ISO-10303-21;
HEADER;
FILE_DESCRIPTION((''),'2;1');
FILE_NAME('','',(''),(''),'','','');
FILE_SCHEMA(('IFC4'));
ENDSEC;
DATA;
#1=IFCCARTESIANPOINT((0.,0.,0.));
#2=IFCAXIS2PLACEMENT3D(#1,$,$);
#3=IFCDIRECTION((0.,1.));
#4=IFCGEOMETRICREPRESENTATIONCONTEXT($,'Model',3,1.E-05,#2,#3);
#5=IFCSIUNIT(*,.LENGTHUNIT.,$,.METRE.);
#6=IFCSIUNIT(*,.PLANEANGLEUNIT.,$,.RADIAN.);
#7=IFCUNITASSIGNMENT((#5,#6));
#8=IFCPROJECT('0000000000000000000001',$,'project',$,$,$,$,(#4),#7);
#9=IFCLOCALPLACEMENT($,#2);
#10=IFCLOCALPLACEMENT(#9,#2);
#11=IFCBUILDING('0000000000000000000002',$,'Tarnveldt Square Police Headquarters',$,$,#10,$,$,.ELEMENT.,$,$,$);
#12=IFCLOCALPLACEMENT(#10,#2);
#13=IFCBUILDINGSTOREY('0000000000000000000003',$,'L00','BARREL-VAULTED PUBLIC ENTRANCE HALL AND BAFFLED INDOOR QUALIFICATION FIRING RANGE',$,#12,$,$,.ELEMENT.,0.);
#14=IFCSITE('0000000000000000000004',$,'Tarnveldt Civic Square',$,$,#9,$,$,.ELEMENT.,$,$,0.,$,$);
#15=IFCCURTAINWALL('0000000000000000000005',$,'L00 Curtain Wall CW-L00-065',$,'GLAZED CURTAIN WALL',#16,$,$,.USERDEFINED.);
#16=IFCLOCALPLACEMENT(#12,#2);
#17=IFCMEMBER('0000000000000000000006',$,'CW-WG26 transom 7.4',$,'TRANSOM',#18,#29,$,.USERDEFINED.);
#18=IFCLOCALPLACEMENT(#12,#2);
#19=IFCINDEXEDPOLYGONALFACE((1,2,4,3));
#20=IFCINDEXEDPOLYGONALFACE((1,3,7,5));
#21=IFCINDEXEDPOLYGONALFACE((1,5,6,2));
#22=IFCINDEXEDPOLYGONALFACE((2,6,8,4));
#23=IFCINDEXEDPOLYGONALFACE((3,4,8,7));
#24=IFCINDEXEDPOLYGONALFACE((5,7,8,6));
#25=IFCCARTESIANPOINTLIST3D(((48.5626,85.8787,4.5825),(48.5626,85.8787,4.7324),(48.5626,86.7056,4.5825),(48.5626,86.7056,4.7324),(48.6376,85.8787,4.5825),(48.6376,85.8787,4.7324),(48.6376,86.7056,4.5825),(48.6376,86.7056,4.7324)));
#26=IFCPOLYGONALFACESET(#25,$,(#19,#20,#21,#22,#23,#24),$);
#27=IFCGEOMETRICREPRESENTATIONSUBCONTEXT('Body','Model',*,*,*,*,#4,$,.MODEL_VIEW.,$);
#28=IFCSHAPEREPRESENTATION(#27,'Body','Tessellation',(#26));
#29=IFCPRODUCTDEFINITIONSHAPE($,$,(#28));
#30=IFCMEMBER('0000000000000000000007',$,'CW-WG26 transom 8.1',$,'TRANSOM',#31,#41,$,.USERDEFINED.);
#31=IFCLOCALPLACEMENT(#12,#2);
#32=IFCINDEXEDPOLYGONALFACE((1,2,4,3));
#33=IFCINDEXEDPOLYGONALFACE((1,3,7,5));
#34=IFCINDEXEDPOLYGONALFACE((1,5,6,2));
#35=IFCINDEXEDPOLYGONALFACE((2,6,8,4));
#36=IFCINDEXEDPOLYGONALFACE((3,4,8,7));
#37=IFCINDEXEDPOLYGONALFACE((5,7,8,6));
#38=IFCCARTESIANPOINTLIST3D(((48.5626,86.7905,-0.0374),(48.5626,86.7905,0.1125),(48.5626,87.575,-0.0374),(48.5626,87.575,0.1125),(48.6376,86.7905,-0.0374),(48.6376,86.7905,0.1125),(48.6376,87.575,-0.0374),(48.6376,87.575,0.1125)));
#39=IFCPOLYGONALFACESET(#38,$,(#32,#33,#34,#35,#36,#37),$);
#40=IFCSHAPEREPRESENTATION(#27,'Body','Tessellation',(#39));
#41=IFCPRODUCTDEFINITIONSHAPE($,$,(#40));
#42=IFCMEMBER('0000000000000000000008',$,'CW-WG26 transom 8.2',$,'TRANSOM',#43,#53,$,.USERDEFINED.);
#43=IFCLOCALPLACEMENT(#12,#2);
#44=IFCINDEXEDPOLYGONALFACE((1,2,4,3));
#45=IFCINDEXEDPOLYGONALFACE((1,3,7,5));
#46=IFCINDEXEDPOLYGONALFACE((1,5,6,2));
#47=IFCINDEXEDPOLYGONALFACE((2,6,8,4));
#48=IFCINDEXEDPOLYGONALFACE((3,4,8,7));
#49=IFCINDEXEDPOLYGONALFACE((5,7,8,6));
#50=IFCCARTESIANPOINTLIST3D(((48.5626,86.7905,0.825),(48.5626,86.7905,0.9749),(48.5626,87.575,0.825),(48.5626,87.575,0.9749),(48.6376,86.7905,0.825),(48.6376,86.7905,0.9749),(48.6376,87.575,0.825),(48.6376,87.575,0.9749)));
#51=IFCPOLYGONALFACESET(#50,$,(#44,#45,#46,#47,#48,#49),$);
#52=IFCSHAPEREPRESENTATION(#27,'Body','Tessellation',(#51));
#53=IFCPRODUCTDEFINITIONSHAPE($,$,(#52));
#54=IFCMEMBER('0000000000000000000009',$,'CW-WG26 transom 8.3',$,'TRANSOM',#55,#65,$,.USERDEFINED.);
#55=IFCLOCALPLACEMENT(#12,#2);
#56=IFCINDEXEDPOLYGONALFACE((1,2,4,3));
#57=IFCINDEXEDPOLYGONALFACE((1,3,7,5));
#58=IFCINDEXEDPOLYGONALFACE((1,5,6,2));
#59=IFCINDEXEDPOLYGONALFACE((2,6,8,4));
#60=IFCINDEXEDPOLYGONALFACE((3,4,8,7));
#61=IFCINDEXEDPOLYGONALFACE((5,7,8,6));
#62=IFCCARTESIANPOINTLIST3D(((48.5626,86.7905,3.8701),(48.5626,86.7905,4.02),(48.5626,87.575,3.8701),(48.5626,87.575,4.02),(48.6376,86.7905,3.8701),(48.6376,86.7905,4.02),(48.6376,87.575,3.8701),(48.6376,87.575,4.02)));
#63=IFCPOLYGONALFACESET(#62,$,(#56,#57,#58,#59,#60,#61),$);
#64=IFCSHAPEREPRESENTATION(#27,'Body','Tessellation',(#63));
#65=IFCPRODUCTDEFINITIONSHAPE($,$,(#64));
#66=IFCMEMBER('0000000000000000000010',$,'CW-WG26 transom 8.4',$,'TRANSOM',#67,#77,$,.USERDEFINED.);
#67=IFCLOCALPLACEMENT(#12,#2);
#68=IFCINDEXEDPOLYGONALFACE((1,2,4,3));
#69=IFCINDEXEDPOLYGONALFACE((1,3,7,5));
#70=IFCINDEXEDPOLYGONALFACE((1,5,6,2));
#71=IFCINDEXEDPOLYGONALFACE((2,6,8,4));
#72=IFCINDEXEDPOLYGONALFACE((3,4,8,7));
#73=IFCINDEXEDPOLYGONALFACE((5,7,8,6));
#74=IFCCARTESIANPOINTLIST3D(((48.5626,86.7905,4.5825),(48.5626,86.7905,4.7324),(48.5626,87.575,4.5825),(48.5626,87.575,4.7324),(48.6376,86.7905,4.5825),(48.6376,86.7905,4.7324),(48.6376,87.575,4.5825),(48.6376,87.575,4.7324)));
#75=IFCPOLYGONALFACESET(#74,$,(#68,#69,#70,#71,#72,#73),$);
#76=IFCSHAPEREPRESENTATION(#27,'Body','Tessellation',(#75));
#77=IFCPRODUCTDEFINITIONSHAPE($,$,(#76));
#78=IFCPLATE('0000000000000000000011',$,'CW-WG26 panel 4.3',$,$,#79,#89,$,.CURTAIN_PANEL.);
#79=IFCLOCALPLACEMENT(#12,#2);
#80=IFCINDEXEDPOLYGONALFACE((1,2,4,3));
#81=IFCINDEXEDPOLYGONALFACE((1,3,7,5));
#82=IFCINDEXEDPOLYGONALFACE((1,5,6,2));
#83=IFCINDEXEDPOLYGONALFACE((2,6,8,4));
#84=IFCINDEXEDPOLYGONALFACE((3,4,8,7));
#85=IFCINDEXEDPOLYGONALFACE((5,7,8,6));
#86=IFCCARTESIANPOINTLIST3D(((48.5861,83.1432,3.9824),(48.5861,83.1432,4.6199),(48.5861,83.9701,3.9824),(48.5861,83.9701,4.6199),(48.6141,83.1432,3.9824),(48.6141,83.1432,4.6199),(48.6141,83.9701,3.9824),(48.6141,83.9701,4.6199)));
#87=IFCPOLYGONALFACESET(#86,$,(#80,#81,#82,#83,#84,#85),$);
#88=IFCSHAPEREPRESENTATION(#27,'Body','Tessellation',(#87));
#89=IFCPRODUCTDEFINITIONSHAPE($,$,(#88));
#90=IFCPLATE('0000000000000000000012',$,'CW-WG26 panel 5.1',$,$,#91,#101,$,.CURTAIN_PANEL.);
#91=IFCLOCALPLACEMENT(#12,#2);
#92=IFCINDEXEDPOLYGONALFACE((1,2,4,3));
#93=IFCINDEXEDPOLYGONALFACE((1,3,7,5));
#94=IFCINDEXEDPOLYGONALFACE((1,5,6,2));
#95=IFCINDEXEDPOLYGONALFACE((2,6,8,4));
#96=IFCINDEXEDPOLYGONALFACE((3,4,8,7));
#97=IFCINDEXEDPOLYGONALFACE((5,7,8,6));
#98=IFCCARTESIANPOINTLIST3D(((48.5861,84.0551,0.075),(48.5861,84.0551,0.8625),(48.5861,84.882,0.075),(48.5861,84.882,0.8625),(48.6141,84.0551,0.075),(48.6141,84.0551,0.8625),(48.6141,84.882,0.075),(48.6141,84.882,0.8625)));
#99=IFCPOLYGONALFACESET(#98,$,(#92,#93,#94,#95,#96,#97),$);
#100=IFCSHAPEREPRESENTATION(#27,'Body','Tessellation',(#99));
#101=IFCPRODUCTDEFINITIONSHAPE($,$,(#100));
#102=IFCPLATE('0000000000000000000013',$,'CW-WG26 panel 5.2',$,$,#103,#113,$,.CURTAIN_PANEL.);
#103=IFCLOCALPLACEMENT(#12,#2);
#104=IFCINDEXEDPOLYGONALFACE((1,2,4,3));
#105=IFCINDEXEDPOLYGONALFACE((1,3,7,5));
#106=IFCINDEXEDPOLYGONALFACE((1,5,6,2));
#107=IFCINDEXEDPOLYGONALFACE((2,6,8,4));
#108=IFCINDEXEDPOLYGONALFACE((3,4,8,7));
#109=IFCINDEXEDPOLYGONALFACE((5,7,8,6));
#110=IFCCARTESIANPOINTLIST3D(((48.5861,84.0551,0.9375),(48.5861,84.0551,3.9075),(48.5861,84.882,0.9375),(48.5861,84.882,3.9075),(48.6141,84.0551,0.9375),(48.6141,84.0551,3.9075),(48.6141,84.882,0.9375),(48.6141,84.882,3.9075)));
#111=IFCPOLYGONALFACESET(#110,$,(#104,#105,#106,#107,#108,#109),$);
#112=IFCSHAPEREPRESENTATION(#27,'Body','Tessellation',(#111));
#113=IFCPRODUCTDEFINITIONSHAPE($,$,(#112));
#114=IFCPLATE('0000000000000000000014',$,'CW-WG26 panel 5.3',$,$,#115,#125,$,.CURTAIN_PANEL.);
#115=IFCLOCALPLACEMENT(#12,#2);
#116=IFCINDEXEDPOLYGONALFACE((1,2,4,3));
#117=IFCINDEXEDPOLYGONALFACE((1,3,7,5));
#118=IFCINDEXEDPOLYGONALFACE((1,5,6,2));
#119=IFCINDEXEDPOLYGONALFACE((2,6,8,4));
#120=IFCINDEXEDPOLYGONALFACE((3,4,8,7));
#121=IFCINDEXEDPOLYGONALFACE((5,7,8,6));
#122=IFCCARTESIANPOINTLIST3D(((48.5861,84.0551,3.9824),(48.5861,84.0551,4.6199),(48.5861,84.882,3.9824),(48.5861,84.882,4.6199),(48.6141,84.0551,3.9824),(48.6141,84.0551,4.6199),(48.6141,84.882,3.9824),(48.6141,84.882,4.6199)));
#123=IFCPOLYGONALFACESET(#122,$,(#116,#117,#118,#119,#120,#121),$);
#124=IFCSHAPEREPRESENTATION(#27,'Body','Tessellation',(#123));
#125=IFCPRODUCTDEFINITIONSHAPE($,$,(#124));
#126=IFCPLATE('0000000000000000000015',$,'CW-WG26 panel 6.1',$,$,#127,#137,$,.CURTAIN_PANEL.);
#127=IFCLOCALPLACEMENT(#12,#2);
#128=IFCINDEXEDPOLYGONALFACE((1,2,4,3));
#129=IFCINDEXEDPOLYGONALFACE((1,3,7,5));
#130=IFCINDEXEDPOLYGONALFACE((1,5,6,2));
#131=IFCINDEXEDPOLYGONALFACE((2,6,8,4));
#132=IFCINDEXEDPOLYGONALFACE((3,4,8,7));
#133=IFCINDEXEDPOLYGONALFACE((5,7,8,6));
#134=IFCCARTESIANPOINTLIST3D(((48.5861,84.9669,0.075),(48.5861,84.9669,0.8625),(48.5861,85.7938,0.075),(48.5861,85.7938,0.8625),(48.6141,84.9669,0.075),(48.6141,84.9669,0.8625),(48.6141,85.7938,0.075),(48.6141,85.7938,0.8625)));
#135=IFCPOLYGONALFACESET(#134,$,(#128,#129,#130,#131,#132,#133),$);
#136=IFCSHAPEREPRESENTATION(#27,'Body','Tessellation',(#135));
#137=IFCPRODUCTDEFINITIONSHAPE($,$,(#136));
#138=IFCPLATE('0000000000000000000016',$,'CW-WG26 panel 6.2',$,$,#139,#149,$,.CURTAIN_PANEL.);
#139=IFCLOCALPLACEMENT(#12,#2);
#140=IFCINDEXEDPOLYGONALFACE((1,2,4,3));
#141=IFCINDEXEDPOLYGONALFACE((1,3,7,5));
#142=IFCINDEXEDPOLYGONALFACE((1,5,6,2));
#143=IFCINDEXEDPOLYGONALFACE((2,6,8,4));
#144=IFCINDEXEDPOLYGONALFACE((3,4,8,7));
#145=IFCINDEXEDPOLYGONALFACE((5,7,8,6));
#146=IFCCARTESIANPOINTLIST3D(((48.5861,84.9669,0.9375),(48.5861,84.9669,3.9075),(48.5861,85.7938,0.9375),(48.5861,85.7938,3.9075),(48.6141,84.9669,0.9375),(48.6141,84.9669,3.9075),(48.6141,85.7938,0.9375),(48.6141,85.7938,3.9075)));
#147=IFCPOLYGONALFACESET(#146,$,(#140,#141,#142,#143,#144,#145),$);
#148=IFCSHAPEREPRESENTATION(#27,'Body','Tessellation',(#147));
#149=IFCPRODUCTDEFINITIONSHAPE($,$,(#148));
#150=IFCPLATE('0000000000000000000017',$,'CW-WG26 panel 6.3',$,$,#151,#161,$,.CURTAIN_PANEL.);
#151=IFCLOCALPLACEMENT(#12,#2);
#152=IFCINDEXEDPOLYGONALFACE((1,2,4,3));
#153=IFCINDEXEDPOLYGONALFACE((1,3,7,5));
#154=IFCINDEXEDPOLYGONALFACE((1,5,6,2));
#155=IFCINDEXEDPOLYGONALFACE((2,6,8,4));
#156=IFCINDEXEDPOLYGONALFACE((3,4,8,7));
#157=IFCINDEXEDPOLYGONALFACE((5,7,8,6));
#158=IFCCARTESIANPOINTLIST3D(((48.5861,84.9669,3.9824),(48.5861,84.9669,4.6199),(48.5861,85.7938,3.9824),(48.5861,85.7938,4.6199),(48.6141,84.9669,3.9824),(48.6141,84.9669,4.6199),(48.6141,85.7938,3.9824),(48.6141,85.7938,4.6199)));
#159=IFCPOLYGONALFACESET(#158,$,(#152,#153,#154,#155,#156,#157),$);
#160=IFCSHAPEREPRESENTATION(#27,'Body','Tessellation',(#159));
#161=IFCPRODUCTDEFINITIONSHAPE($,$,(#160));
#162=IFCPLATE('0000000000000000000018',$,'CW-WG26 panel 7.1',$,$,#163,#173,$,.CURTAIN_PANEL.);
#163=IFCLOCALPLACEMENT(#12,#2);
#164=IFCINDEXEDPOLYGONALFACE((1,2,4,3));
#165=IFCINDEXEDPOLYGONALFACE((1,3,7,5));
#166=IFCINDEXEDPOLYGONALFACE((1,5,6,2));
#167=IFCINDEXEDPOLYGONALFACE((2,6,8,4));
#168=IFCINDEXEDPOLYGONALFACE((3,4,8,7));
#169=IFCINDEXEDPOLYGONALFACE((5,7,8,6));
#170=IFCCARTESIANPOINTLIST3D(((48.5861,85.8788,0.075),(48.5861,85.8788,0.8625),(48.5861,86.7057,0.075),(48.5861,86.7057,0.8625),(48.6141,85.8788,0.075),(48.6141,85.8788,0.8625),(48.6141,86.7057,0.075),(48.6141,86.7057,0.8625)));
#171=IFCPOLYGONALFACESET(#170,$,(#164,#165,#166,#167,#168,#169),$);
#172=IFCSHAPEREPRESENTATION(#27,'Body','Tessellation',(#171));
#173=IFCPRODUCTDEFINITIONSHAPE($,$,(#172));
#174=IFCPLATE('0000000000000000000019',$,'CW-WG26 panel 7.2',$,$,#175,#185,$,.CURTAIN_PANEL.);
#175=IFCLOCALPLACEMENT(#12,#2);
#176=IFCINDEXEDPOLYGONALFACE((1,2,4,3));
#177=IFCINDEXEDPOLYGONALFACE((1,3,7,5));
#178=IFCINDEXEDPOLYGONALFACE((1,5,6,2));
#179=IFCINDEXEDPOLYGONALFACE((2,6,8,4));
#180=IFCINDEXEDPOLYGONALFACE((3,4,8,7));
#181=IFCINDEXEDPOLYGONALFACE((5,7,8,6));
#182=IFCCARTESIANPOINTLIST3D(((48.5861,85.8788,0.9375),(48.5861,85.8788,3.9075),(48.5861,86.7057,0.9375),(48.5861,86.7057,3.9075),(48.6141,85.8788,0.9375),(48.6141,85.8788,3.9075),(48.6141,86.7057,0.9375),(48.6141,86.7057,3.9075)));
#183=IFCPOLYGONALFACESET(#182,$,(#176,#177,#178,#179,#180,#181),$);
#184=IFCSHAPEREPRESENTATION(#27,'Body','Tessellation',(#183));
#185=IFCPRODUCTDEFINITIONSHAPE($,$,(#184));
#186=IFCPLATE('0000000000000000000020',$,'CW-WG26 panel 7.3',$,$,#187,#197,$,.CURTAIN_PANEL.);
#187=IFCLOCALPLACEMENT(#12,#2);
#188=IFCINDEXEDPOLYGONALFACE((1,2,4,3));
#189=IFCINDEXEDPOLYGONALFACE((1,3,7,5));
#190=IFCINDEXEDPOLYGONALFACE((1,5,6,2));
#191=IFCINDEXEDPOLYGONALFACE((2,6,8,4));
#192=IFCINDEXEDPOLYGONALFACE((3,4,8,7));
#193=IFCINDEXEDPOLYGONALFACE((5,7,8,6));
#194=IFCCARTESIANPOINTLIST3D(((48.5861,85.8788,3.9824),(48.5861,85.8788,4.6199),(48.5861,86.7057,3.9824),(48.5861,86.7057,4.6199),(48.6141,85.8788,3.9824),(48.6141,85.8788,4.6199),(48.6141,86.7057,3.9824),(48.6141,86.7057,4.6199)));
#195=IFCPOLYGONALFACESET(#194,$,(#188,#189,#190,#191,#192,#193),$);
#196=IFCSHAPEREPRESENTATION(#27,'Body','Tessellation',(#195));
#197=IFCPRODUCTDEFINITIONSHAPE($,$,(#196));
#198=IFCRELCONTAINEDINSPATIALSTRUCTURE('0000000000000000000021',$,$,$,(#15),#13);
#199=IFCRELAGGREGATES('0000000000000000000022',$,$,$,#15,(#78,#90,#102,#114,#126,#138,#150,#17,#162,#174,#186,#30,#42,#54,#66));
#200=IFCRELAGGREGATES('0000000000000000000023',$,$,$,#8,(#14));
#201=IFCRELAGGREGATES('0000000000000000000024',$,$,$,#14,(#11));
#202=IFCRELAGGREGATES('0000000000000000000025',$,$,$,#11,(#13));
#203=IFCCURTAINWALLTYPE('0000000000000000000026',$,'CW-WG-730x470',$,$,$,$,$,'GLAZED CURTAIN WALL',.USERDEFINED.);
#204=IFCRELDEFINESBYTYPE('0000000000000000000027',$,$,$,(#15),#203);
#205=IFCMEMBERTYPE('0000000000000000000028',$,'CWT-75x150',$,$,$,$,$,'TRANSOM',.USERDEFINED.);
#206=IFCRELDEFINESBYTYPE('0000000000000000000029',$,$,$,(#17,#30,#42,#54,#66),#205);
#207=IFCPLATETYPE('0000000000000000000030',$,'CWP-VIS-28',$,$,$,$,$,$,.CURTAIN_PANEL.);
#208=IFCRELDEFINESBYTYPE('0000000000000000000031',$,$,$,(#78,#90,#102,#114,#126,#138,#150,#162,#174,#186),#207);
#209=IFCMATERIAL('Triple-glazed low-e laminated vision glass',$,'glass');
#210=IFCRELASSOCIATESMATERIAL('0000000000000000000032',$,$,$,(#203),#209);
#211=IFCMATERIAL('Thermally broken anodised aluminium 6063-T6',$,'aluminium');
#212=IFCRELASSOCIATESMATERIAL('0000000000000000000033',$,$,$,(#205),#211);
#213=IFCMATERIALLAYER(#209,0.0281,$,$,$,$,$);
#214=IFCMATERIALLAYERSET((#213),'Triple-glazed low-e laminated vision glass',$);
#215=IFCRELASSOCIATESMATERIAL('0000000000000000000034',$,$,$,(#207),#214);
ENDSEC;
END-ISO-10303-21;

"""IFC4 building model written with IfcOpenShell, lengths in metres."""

from ifc_helpers import new_model, si_unit, direction, frame, origin, origin_2d, place, context, subcontext, project, spatial, rectangle, extrude, material, layer, layer_set, material_profile, profile_set, type_object, element, aggregate, save


model = new_model("IFC4")

# Units and contexts
model_context = context("Model", 3, precision=1e-05, world=origin(), true_north=direction((0.0, 1.0)))
body_context = subcontext(model_context, "Body", "Model", "MODEL_VIEW")
ifc_project = project(units=[si_unit("LENGTHUNIT", "METRE"), si_unit("PLANEANGLEUNIT", "RADIAN")], contexts=[model_context])

# Site, building, storey
site_placement = place(None, origin())
site = spatial("IfcSite", under=ifc_project, at=site_placement, Name="Tarnveldt Civic Square", CompositionType="ELEMENT", RefElevation=0.0)
building_placement = place(site_placement, origin())
building = spatial("IfcBuilding", under=site, at=building_placement, Name="Tarnveldt Square Police Headquarters", CompositionType="ELEMENT")
storey_placement = place(building_placement, origin())
storey = spatial("IfcBuildingStorey", under=building, at=storey_placement, Name="L00", Description="BARREL-VAULTED PUBLIC ENTRANCE HALL AND BAFFLED INDOOR QUALIFICATION FIRING RANGE", CompositionType="ELEMENT", Elevation=0.0)

# Curtain wall, members, plates
ifc_material_1 = material(Name="Triple-glazed low-e laminated vision glass", Category="glass")
curtain_wall_type = type_object("IfcCurtainWallType", Name="CW-WG-730x470", ElementType="GLAZED CURTAIN WALL", PredefinedType="USERDEFINED", material=ifc_material_1)
curtain_wall_placement = place(storey_placement, origin())
curtain_wall = element("IfcCurtainWall", 1, at=curtain_wall_placement, inside=storey, type_object=curtain_wall_type, Name="L00 Curtain Wall CW-L00-065", ObjectType="GLAZED CURTAIN WALL", PredefinedType="USERDEFINED")
ifc_material_2 = material(Name="Thermally broken anodised aluminium 6063-T6", Category="aluminium")
ifc_material_profile_1 = material_profile(ifc_material_2, rectangle(XDim=0.075, YDim=0.1499, at=origin_2d()), Name="CW-T75x150")
ifc_profile_set_1 = profile_set([ifc_material_profile_1], Name="Thermally broken anodised aluminium 6063-T6")
member_type_1 = type_object("IfcMemberType", Name="CWT-75x150", ElementType="TRANSOM", PredefinedType="USERDEFINED", material=ifc_profile_set_1)
member_1_placement = place(storey_placement, frame((48.6001, 85.8787, 4.6575), z_axis=(0.0, 1.0, 0.0), x_axis=(-1.0, 0.0, 0.0)))
member_1 = element("IfcMember", 2, at=member_1_placement, type_object=member_type_1, Name="CW-WG26 transom 7.4", ObjectType="TRANSOM", PredefinedType="USERDEFINED", context=body_context, shape_type="SweptSolid", body=[
    extrude(rectangle(XDim=0.075, YDim=0.1499, at=origin_2d()), origin(), (0.0, 0.0, 1.0), 0.8269),
])
member_2_placement = place(storey_placement, frame((48.6001, 86.7905, 0.0376), z_axis=(0.0, 1.0, 0.0), x_axis=(-1.0, 0.0, 0.0)))
member_2 = element("IfcMember", 3, at=member_2_placement, type_object=member_type_1, Name="CW-WG26 transom 8.1", ObjectType="TRANSOM", PredefinedType="USERDEFINED", context=body_context, shape_type="SweptSolid", body=[
    extrude(rectangle(XDim=0.075, YDim=0.1499, at=origin_2d()), origin(), (0.0, 0.0, 1.0), 0.7844),
])
member_3_placement = place(storey_placement, frame((48.6001, 86.7905, 0.8999), z_axis=(0.0, 1.0, 0.0), x_axis=(-1.0, 0.0, 0.0)))
member_3 = element("IfcMember", 4, at=member_3_placement, type_object=member_type_1, Name="CW-WG26 transom 8.2", ObjectType="TRANSOM", PredefinedType="USERDEFINED", context=body_context, shape_type="SweptSolid", body=[
    extrude(rectangle(XDim=0.075, YDim=0.1499, at=origin_2d()), origin(), (0.0, 0.0, 1.0), 0.7844),
])
member_4_placement = place(storey_placement, frame((48.6001, 86.7905, 3.9451), z_axis=(0.0, 1.0, 0.0), x_axis=(-1.0, 0.0, 0.0)))
member_4 = element("IfcMember", 5, at=member_4_placement, type_object=member_type_1, Name="CW-WG26 transom 8.3", ObjectType="TRANSOM", PredefinedType="USERDEFINED", context=body_context, shape_type="SweptSolid", body=[
    extrude(rectangle(XDim=0.075, YDim=0.1499, at=origin_2d()), origin(), (0.0, 0.0, 1.0), 0.7844),
])
member_5_placement = place(storey_placement, frame((48.6001, 86.7905, 4.6575), z_axis=(0.0, 1.0, 0.0), x_axis=(-1.0, 0.0, 0.0)))
member_5 = element("IfcMember", 6, at=member_5_placement, type_object=member_type_1, Name="CW-WG26 transom 8.4", ObjectType="TRANSOM", PredefinedType="USERDEFINED", context=body_context, shape_type="SweptSolid", body=[
    extrude(rectangle(XDim=0.075, YDim=0.1499, at=origin_2d()), origin(), (0.0, 0.0, 1.0), 0.7844),
])
ifc_layer = layer(ifc_material_1, 0.0281)
ifc_layer_set = layer_set([ifc_layer], Name="Triple-glazed low-e laminated vision glass")
plate_type = type_object("IfcPlateType", Name="CWP-VIS-28", PredefinedType="CURTAIN_PANEL", material=ifc_layer_set)
plate_1_placement = place(storey_placement, frame((48.6001, 83.5566, 3.9824), z_axis=(0.0, 0.0, 1.0), x_axis=(0.0, 1.0, 0.0)))
plate_1 = element("IfcPlate", 7, at=plate_1_placement, type_object=plate_type, Name="CW-WG26 panel 4.3", PredefinedType="CURTAIN_PANEL", context=body_context, shape_type="SweptSolid", body=[
    extrude(rectangle(XDim=0.8269, YDim=0.0281, at=origin_2d()), origin(), (0.0, 0.0, 1.0), 0.6375),
])
plate_2_placement = place(storey_placement, frame((48.6001, 84.4685, 0.075), z_axis=(0.0, 0.0, 1.0), x_axis=(0.0, 1.0, 0.0)))
plate_2 = element("IfcPlate", 8, at=plate_2_placement, type_object=plate_type, Name="CW-WG26 panel 5.1", PredefinedType="CURTAIN_PANEL", context=body_context, shape_type="SweptSolid", body=[
    extrude(rectangle(XDim=0.8269, YDim=0.0281, at=origin_2d()), origin(), (0.0, 0.0, 1.0), 0.7876),
])
plate_3_placement = place(storey_placement, frame((48.6001, 84.4685, 0.9375), z_axis=(0.0, 0.0, 1.0), x_axis=(0.0, 1.0, 0.0)))
plate_3 = element("IfcPlate", 9, at=plate_3_placement, type_object=plate_type, Name="CW-WG26 panel 5.2", PredefinedType="CURTAIN_PANEL", context=body_context, shape_type="SweptSolid", body=[
    extrude(rectangle(XDim=0.8269, YDim=0.0281, at=origin_2d()), origin(), (0.0, 0.0, 1.0), 2.97),
])
plate_4_placement = place(storey_placement, frame((48.6001, 84.4685, 3.9824), z_axis=(0.0, 0.0, 1.0), x_axis=(0.0, 1.0, 0.0)))
plate_4 = element("IfcPlate", 10, at=plate_4_placement, type_object=plate_type, Name="CW-WG26 panel 5.3", PredefinedType="CURTAIN_PANEL", context=body_context, shape_type="SweptSolid", body=[
    extrude(rectangle(XDim=0.8269, YDim=0.0281, at=origin_2d()), origin(), (0.0, 0.0, 1.0), 0.6375),
])
plate_5_placement = place(storey_placement, frame((48.6001, 85.3804, 0.075), z_axis=(0.0, 0.0, 1.0), x_axis=(0.0, 1.0, 0.0)))
plate_5 = element("IfcPlate", 11, at=plate_5_placement, type_object=plate_type, Name="CW-WG26 panel 6.1", PredefinedType="CURTAIN_PANEL", context=body_context, shape_type="SweptSolid", body=[
    extrude(rectangle(XDim=0.8269, YDim=0.0281, at=origin_2d()), origin(), (0.0, 0.0, 1.0), 0.7876),
])
plate_6_placement = place(storey_placement, frame((48.6001, 85.3804, 0.9375), z_axis=(0.0, 0.0, 1.0), x_axis=(0.0, 1.0, 0.0)))
plate_6 = element("IfcPlate", 12, at=plate_6_placement, type_object=plate_type, Name="CW-WG26 panel 6.2", PredefinedType="CURTAIN_PANEL", context=body_context, shape_type="SweptSolid", body=[
    extrude(rectangle(XDim=0.8269, YDim=0.0281, at=origin_2d()), origin(), (0.0, 0.0, 1.0), 2.97),
])
plate_7_placement = place(storey_placement, frame((48.6001, 85.3804, 3.9824), z_axis=(0.0, 0.0, 1.0), x_axis=(0.0, 1.0, 0.0)))
plate_7 = element("IfcPlate", 13, at=plate_7_placement, type_object=plate_type, Name="CW-WG26 panel 6.3", PredefinedType="CURTAIN_PANEL", context=body_context, shape_type="SweptSolid", body=[
    extrude(rectangle(XDim=0.8269, YDim=0.0281, at=origin_2d()), origin(), (0.0, 0.0, 1.0), 0.6375),
])
plate_8_placement = place(storey_placement, frame((48.6001, 86.2922, 0.075), z_axis=(0.0, 0.0, 1.0), x_axis=(0.0, 1.0, 0.0)))
plate_8 = element("IfcPlate", 14, at=plate_8_placement, type_object=plate_type, Name="CW-WG26 panel 7.1", PredefinedType="CURTAIN_PANEL", context=body_context, shape_type="SweptSolid", body=[
    extrude(rectangle(XDim=0.8269, YDim=0.0281, at=origin_2d()), origin(), (0.0, 0.0, 1.0), 0.7876),
])
plate_9_placement = place(storey_placement, frame((48.6001, 86.2922, 0.9375), z_axis=(0.0, 0.0, 1.0), x_axis=(0.0, 1.0, 0.0)))
plate_9 = element("IfcPlate", 15, at=plate_9_placement, type_object=plate_type, Name="CW-WG26 panel 7.2", PredefinedType="CURTAIN_PANEL", context=body_context, shape_type="SweptSolid", body=[
    extrude(rectangle(XDim=0.8269, YDim=0.0281, at=origin_2d()), origin(), (0.0, 0.0, 1.0), 2.97),
])
plate_10_placement = place(storey_placement, frame((48.6001, 86.2922, 3.9824), z_axis=(0.0, 0.0, 1.0), x_axis=(0.0, 1.0, 0.0)))
plate_10 = element("IfcPlate", 16, at=plate_10_placement, type_object=plate_type, Name="CW-WG26 panel 7.3", PredefinedType="CURTAIN_PANEL", context=body_context, shape_type="SweptSolid", body=[
    extrude(rectangle(XDim=0.8269, YDim=0.0281, at=origin_2d()), origin(), (0.0, 0.0, 1.0), 0.6375),
])
aggregate(curtain_wall, [plate_1, plate_2, plate_3, plate_4, plate_5, plate_6, plate_7, member_1, plate_8, plate_9, plate_10, member_2, member_3, member_4, member_5])

save(model, "model.ifc")
